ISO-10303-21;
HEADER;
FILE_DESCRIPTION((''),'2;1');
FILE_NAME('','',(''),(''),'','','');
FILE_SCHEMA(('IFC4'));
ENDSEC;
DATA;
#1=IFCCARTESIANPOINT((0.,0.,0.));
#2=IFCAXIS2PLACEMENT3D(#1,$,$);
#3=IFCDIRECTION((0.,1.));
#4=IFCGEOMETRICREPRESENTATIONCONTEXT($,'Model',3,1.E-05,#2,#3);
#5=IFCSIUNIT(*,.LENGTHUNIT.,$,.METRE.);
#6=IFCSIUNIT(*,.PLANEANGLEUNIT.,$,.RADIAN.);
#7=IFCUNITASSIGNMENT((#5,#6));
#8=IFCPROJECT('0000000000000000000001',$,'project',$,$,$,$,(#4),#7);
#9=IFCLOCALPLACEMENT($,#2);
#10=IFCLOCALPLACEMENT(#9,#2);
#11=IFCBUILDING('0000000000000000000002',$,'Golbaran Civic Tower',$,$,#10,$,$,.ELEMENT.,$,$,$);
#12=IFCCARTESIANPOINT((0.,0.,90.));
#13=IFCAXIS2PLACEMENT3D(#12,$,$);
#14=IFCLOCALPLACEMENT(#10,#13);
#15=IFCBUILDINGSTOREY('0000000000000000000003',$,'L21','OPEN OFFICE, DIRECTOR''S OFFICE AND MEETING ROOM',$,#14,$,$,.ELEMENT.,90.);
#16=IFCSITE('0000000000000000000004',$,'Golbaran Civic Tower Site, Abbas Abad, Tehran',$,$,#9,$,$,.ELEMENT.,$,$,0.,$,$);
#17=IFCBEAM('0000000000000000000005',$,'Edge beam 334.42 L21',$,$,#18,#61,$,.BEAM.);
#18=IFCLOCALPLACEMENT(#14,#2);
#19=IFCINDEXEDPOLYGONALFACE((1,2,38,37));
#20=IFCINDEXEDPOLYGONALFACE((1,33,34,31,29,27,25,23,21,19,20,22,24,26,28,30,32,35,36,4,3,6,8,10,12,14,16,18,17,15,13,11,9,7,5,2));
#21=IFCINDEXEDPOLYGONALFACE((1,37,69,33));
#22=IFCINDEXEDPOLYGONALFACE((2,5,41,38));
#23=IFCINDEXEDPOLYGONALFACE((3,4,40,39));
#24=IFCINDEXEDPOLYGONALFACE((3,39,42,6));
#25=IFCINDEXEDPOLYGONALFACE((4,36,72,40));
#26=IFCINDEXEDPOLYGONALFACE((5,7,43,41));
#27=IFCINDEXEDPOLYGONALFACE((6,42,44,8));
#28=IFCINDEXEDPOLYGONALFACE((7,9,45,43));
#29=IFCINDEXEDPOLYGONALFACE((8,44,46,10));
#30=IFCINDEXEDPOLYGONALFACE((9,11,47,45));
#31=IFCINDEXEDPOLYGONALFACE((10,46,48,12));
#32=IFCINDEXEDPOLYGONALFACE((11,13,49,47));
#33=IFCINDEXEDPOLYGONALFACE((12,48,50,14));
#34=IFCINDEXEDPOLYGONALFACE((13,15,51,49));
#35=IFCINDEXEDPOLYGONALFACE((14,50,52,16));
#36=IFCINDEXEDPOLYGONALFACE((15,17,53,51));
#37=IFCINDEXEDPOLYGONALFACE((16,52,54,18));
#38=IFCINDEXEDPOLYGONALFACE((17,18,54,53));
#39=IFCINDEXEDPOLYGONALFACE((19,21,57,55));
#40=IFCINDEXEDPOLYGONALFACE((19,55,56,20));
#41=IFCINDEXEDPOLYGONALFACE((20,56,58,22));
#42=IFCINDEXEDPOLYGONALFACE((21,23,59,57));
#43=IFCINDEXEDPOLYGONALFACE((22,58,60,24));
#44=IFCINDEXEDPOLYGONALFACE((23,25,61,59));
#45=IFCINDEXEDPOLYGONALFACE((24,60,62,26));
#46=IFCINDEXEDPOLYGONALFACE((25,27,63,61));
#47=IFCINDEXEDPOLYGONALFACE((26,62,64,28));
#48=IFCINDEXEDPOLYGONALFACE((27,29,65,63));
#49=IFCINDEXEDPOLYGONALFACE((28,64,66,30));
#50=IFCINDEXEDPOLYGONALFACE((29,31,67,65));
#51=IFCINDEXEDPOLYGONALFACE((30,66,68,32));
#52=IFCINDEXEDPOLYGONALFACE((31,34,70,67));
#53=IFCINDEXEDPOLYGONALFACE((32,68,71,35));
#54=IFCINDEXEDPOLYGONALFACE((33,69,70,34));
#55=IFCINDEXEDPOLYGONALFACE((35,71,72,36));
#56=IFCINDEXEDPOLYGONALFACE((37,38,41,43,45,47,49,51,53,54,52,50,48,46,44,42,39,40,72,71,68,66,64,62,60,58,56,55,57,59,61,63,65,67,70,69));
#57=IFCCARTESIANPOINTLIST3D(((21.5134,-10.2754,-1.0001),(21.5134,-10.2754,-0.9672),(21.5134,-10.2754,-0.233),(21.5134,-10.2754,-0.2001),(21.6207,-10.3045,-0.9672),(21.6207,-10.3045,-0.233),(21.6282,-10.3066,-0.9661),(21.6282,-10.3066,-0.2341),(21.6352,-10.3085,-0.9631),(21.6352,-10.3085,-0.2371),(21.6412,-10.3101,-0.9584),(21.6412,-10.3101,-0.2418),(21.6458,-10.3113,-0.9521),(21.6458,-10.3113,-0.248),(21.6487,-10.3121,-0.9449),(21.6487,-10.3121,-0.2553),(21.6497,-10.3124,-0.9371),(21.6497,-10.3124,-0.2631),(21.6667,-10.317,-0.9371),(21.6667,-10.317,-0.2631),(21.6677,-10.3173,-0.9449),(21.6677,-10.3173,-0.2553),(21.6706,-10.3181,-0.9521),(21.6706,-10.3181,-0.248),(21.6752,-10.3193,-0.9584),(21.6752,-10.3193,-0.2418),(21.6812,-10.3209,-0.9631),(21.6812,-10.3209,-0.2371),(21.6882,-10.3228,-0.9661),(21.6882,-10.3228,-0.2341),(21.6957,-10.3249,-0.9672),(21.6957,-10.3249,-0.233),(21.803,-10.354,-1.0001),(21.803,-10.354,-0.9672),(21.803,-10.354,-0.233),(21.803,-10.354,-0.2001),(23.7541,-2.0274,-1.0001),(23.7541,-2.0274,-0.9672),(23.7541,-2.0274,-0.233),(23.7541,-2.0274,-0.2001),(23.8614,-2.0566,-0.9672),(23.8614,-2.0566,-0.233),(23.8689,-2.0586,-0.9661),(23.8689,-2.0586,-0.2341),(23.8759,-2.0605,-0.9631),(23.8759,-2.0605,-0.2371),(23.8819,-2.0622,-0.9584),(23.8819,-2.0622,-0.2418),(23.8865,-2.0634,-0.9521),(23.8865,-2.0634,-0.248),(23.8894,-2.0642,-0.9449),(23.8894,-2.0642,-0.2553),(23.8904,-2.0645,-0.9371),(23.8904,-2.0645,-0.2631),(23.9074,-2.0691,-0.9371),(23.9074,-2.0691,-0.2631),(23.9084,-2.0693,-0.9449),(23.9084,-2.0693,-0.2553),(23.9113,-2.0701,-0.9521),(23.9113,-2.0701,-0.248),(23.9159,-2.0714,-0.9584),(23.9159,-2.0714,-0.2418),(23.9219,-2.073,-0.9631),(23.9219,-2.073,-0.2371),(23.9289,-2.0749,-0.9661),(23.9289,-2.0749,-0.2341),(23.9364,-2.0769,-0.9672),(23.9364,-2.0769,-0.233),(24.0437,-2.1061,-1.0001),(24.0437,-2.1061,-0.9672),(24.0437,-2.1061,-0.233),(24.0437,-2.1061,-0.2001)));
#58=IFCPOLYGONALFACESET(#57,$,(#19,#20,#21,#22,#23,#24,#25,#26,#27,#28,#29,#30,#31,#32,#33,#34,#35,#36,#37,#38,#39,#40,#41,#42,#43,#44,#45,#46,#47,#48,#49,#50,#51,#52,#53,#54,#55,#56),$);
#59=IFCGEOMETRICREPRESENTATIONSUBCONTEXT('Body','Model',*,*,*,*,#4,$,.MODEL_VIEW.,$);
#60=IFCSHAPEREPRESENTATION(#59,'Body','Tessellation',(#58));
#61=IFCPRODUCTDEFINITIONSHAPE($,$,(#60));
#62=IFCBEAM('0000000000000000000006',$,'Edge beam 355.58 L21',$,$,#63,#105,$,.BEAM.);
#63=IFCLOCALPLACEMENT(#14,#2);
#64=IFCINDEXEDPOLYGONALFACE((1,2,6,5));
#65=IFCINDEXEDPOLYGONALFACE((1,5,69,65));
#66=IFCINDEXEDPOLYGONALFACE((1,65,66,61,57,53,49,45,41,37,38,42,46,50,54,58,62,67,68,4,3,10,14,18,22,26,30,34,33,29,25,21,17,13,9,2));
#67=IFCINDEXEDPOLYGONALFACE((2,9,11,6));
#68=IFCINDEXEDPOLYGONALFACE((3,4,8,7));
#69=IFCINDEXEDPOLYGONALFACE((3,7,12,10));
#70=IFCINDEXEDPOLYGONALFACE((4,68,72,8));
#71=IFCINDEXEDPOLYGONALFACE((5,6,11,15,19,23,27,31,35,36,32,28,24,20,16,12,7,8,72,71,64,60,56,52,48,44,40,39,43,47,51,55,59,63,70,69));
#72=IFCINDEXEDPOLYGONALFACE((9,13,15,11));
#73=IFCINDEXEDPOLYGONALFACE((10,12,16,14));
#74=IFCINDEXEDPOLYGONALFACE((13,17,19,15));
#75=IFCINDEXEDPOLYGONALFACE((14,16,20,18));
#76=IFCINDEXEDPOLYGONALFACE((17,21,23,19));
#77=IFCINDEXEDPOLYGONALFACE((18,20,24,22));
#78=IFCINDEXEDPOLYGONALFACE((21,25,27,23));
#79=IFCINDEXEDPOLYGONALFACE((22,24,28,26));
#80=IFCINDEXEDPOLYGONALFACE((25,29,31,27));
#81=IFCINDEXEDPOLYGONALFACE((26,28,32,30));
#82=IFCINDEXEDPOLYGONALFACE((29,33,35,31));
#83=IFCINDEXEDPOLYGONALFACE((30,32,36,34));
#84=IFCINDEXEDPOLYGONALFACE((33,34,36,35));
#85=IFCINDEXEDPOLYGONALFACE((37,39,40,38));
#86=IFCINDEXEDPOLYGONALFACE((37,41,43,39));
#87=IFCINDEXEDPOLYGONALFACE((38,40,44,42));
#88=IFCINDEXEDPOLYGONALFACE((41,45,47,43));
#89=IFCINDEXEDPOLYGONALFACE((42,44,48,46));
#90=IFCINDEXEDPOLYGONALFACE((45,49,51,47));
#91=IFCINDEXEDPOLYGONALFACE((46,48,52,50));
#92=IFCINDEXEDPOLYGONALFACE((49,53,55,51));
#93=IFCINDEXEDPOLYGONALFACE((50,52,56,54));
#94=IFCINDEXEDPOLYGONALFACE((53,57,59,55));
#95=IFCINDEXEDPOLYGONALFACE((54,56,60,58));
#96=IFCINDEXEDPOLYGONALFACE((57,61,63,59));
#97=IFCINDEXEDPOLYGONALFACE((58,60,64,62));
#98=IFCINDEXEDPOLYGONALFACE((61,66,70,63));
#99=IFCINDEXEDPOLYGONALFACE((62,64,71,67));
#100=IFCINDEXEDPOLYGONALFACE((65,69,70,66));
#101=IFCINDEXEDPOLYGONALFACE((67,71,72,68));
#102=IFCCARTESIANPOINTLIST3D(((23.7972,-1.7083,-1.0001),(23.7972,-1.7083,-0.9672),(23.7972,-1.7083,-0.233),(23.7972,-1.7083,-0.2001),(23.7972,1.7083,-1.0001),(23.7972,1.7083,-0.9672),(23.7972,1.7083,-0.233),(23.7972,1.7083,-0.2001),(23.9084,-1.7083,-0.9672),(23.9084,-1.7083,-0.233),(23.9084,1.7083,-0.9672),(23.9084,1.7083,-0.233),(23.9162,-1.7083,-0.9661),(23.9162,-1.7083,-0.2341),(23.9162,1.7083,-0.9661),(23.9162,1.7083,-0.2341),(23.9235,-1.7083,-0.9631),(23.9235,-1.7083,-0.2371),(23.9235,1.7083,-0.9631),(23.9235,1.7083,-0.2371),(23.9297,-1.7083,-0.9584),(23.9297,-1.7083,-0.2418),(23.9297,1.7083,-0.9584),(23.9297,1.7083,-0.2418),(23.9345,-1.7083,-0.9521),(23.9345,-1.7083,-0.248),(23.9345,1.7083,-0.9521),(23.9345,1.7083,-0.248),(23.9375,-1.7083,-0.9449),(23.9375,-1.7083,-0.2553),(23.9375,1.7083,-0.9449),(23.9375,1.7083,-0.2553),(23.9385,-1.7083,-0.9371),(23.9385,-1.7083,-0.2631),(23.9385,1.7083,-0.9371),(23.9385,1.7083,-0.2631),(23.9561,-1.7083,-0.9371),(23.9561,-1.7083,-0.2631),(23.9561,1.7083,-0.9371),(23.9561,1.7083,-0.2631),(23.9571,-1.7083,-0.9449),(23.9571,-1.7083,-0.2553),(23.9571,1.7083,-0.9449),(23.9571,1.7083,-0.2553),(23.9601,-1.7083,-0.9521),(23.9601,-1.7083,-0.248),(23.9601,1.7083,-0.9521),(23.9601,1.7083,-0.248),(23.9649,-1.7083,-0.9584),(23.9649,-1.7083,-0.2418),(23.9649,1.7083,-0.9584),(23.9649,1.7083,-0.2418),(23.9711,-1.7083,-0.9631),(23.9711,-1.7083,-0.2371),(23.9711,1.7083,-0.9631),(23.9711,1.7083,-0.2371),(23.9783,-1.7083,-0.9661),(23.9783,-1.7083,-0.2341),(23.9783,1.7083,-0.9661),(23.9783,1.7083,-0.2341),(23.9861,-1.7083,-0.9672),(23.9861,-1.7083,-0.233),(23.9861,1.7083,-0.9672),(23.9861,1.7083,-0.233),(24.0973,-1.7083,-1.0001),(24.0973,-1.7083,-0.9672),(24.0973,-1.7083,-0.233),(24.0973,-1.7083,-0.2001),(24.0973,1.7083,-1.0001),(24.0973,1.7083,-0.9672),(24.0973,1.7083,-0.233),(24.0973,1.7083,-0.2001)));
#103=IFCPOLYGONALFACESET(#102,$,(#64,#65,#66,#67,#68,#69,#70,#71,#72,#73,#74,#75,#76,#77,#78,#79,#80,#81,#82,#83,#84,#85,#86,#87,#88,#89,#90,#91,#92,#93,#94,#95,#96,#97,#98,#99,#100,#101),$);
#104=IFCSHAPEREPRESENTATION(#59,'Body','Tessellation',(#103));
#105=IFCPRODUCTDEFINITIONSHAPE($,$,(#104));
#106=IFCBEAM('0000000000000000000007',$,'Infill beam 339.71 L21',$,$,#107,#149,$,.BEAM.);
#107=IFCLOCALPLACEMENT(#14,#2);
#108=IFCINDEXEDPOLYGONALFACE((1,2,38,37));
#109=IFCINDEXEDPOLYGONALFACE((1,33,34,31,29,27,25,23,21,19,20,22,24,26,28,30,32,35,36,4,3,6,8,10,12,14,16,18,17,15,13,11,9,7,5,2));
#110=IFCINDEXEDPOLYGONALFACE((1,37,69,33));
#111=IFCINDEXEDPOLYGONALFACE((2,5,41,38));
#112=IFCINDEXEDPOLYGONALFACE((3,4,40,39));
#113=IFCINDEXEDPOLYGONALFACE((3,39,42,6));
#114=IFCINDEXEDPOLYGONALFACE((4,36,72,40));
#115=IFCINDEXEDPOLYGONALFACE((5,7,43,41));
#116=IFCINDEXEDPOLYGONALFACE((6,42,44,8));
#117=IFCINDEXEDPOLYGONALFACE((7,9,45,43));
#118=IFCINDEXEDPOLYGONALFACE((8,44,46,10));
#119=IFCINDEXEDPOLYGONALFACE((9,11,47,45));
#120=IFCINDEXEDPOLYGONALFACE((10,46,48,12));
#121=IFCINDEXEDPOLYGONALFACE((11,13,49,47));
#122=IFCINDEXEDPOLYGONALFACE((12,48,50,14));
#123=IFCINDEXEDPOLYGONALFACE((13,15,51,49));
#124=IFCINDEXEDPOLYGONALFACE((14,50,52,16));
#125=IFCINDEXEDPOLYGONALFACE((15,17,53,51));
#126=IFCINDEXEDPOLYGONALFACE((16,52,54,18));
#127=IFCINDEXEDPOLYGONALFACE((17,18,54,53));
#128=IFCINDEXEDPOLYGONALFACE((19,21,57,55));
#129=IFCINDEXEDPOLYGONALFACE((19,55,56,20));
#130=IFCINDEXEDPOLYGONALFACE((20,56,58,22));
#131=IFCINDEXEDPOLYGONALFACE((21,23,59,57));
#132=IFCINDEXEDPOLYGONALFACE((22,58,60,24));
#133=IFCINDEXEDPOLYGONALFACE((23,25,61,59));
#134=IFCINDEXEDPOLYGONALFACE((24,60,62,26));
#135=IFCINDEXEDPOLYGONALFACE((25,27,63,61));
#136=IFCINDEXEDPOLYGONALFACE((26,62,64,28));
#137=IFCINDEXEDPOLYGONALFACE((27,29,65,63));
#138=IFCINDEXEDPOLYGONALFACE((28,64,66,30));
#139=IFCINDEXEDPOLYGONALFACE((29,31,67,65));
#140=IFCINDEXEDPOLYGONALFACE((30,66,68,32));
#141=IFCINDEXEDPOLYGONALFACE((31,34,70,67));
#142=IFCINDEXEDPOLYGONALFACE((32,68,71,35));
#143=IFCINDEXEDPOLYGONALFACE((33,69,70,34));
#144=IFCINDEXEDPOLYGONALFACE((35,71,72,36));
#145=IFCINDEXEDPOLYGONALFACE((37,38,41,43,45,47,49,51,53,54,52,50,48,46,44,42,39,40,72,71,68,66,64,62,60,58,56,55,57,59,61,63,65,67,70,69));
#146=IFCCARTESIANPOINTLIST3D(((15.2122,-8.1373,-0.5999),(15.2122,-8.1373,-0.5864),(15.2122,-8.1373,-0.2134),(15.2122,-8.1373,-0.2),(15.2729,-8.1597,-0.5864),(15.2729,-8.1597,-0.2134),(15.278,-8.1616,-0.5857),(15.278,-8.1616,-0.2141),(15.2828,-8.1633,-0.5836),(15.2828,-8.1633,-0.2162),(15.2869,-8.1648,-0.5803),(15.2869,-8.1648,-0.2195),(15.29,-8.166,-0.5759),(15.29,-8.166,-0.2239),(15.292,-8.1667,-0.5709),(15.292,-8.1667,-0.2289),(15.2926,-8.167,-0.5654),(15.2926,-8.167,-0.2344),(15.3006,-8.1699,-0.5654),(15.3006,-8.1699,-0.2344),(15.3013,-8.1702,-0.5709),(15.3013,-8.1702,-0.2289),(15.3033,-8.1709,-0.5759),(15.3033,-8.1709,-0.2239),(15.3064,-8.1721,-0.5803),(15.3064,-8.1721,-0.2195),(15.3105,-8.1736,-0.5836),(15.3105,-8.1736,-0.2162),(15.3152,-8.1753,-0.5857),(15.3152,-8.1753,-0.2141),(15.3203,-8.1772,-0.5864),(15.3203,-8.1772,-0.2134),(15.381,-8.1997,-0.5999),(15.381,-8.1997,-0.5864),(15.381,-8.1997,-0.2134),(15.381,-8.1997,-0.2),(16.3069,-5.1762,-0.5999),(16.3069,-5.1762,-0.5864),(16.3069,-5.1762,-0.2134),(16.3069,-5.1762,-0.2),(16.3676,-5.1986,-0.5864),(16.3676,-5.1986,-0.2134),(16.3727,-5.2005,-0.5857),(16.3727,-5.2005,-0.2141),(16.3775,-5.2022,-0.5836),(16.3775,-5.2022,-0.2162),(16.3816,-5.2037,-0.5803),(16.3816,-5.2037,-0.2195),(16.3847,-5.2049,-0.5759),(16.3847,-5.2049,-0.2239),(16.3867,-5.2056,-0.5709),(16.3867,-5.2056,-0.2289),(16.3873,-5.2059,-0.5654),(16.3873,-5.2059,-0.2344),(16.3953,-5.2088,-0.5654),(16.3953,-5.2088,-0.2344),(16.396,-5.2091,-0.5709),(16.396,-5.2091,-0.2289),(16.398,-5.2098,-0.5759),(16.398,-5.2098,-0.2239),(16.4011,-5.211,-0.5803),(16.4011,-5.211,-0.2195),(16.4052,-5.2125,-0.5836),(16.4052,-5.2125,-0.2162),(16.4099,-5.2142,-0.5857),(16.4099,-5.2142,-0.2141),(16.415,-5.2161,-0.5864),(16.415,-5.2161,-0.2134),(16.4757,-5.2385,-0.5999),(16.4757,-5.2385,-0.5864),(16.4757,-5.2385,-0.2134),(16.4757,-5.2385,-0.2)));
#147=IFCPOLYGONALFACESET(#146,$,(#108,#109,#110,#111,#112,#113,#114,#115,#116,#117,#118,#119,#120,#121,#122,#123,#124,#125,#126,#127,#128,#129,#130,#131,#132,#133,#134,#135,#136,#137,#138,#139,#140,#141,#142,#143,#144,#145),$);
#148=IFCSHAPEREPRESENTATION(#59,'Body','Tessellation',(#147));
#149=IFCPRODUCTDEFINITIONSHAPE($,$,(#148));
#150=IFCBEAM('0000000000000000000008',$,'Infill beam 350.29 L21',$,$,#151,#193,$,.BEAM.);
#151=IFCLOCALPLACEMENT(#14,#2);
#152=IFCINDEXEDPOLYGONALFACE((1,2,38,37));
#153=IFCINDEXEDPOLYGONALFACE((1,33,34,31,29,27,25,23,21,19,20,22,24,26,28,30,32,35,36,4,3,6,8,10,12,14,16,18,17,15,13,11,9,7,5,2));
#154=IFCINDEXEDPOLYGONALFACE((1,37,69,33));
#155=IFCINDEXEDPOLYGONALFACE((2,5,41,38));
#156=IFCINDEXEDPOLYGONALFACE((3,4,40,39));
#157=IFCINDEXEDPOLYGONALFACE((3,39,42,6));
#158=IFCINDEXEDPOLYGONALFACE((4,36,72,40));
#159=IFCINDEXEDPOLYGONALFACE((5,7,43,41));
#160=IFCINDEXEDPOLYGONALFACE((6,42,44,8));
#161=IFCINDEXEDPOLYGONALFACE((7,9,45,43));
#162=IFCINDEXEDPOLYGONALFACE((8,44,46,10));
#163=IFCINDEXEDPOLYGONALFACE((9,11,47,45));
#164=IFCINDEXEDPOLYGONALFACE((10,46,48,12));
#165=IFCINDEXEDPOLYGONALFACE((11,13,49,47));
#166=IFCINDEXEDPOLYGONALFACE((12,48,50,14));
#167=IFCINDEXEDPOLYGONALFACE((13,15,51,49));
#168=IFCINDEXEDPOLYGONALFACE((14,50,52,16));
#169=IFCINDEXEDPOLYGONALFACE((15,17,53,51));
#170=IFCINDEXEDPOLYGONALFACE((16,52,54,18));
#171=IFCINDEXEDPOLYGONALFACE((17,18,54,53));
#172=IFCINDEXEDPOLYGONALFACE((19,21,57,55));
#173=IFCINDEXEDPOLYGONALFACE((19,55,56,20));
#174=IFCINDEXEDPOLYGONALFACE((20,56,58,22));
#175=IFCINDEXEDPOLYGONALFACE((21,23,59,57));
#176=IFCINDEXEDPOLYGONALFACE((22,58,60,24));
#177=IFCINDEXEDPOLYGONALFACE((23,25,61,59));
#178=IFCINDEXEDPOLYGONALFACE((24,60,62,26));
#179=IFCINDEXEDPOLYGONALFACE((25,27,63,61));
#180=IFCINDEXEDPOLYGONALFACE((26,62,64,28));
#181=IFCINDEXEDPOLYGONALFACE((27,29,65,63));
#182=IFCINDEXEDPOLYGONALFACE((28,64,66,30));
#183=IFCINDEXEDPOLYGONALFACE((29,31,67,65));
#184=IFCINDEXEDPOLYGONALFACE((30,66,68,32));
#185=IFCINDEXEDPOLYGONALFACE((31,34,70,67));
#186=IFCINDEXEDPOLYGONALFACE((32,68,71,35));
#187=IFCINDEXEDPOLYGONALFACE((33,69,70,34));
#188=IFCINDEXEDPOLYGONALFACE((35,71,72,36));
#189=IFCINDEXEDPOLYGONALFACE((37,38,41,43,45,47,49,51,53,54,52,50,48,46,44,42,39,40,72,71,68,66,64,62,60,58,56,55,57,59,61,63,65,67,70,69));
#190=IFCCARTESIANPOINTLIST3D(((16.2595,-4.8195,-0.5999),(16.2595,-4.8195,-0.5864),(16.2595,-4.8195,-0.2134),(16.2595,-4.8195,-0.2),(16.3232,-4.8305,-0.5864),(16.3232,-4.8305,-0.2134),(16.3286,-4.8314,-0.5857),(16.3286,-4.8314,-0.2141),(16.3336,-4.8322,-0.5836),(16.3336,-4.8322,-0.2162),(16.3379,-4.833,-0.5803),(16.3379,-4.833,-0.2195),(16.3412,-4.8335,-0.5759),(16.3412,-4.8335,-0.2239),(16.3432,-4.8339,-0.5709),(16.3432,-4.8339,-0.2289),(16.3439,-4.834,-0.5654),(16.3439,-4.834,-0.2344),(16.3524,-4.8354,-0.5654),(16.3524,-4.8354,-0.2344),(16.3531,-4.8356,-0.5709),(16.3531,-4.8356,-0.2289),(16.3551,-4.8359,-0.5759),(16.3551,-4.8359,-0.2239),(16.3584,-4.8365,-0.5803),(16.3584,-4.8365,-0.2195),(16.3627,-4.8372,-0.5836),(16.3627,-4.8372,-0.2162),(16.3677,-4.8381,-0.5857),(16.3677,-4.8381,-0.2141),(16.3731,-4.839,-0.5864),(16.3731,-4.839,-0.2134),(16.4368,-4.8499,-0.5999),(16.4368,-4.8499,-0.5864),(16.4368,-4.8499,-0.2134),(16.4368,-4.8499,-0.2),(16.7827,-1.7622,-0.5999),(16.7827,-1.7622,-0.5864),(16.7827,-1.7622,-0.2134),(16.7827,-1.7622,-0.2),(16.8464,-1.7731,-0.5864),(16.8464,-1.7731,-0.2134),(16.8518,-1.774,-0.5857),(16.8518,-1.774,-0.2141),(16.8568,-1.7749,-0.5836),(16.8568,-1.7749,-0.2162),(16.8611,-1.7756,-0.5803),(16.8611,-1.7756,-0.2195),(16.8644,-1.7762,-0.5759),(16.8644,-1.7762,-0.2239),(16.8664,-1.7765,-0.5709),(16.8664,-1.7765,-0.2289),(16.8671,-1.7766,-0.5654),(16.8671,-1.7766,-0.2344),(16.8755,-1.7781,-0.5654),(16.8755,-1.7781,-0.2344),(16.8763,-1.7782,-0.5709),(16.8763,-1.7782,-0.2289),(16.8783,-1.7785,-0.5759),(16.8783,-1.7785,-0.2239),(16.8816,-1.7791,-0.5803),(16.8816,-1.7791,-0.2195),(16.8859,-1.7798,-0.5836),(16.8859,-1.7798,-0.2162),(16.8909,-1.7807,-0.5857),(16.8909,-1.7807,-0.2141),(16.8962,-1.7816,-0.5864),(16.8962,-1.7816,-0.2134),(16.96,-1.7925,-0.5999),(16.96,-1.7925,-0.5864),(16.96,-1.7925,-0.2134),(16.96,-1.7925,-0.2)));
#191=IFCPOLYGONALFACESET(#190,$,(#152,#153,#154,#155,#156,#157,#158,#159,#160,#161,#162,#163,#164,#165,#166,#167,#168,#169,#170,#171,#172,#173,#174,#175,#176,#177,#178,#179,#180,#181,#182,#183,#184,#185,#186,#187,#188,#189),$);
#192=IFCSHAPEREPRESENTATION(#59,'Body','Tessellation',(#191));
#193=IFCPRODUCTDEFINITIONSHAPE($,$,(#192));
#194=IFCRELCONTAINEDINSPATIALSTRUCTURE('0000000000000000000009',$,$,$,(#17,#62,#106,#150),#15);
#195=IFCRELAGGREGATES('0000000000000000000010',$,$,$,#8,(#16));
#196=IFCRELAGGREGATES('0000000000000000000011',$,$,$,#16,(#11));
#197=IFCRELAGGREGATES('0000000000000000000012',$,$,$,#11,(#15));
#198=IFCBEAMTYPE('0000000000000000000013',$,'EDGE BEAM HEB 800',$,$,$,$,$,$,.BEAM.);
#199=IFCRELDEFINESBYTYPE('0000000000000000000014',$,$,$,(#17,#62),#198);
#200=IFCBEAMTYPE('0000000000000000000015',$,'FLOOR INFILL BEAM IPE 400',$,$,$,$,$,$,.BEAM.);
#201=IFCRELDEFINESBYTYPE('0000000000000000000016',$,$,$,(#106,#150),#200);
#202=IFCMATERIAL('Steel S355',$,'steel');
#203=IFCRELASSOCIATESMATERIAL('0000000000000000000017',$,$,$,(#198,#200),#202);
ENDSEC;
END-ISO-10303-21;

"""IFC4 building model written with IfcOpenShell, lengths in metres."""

from ifc_helpers import new_model, si_unit, direction, frame, origin, origin_2d, place, context, subcontext, project, spatial, i_section, extrude, material, material_profile, profile_set, type_object, element, save


model = new_model("IFC4")

# Units and contexts
model_context = context("Model", 3, precision=1e-05, world=origin(), true_north=direction((0.0, 1.0)))
body_context = subcontext(model_context, "Body", "Model", "MODEL_VIEW")
ifc_project = project(units=[si_unit("LENGTHUNIT", "METRE"), si_unit("PLANEANGLEUNIT", "RADIAN")], contexts=[model_context])

# Site, building, storey
site_placement = place(None, origin())
site = spatial("IfcSite", under=ifc_project, at=site_placement, Name="Golbaran Civic Tower Site, Abbas Abad, Tehran", CompositionType="ELEMENT", RefElevation=0.0)
building_placement = place(site_placement, origin())
building = spatial("IfcBuilding", under=site, at=building_placement, Name="Golbaran Civic Tower", CompositionType="ELEMENT")
storey_placement = place(building_placement, frame((0.0, 0.0, 90.0)))
storey = spatial("IfcBuildingStorey", under=building, at=storey_placement, Name="L21", Description="OPEN OFFICE, DIRECTOR'S OFFICE AND MEETING ROOM", CompositionType="ELEMENT", Elevation=90.0)

# Beams
ifc_material_1 = material(Name="Steel S355", Category="steel")
ifc_material_profile_1 = material_profile(ifc_material_1, i_section(OverallWidth=0.3, OverallDepth=0.8, WebThickness=0.0176, FlangeThickness=0.033, FilletRadius=0.03, at=origin_2d()), Name="HEB 800")
ifc_profile_set_1 = profile_set([ifc_material_profile_1], Name="Steel S355")
beam_type_1 = type_object("IfcBeamType", Name="EDGE BEAM HEB 800", PredefinedType="BEAM", material=ifc_profile_set_1)
beam_1_placement = place(storey_placement, frame((21.6582, -10.3147, -0.6001), z_axis=(0.262165, 0.965023, 0.0), x_axis=(-0.965023, 0.262165, 0.0)))
element("IfcBeam", 1, at=beam_1_placement, inside=storey, type_object=beam_type_1, Name="Edge beam 334.42 L21", PredefinedType="BEAM", context=body_context, shape_type="SweptSolid", body=[
    extrude(i_section(OverallWidth=0.3, OverallDepth=0.8, WebThickness=0.0176, FlangeThickness=0.033, FilletRadius=0.03, at=origin_2d()), origin(), (0.0, 0.0, 1.0), 8.5469),
])
beam_2_placement = place(storey_placement, frame((23.9473, -1.7083, -0.6001), z_axis=(0.0, 1.0, 0.0), x_axis=(-1.0, 0.0, 0.0)))
element("IfcBeam", 2, at=beam_2_placement, inside=storey, type_object=beam_type_1, Name="Edge beam 355.58 L21", PredefinedType="BEAM", context=body_context, shape_type="SweptSolid", body=[
    extrude(i_section(OverallWidth=0.3, OverallDepth=0.8, WebThickness=0.0176, FlangeThickness=0.033, FilletRadius=0.03, at=origin_2d()), origin(), (0.0, 0.0, 1.0), 3.4165),
])
ifc_material_profile_2 = material_profile(ifc_material_1, i_section(OverallWidth=0.1799, OverallDepth=0.3999, WebThickness=0.0085, FlangeThickness=0.0134, FilletRadius=0.021, at=origin_2d()), Name="IPE 400")
ifc_profile_set_2 = profile_set([ifc_material_profile_2], Name="Steel S355")
beam_type_2 = type_object("IfcBeamType", Name="FLOOR INFILL BEAM IPE 400", PredefinedType="BEAM", material=ifc_profile_set_2)
beam_3_placement = place(storey_placement, frame((15.2966, -8.1685, -0.3999), z_axis=(0.346755, 0.937956, 0.0), x_axis=(-0.937956, 0.346755, 0.0)))
element("IfcBeam", 3, at=beam_3_placement, inside=storey, type_object=beam_type_2, Name="Infill beam 339.71 L21", PredefinedType="BEAM", context=body_context, shape_type="SweptSolid", body=[
    extrude(i_section(OverallWidth=0.1799, OverallDepth=0.3999, WebThickness=0.0085, FlangeThickness=0.0134, FilletRadius=0.021, at=origin_2d()), origin(), (0.0, 0.0, 1.0), 3.157),
])
beam_4_placement = place(storey_placement, frame((16.3481, -4.8347, -0.3999), z_axis=(0.168673, 0.985672, 0.0), x_axis=(-0.985672, 0.168673, 0.0)))
element("IfcBeam", 4, at=beam_4_placement, inside=storey, type_object=beam_type_2, Name="Infill beam 350.29 L21", PredefinedType="BEAM", context=body_context, shape_type="SweptSolid", body=[
    extrude(i_section(OverallWidth=0.1799, OverallDepth=0.3999, WebThickness=0.0085, FlangeThickness=0.0134, FilletRadius=0.021, at=origin_2d()), origin(), (0.0, 0.0, 1.0), 3.1018),
])

save(model, "model.ifc")
